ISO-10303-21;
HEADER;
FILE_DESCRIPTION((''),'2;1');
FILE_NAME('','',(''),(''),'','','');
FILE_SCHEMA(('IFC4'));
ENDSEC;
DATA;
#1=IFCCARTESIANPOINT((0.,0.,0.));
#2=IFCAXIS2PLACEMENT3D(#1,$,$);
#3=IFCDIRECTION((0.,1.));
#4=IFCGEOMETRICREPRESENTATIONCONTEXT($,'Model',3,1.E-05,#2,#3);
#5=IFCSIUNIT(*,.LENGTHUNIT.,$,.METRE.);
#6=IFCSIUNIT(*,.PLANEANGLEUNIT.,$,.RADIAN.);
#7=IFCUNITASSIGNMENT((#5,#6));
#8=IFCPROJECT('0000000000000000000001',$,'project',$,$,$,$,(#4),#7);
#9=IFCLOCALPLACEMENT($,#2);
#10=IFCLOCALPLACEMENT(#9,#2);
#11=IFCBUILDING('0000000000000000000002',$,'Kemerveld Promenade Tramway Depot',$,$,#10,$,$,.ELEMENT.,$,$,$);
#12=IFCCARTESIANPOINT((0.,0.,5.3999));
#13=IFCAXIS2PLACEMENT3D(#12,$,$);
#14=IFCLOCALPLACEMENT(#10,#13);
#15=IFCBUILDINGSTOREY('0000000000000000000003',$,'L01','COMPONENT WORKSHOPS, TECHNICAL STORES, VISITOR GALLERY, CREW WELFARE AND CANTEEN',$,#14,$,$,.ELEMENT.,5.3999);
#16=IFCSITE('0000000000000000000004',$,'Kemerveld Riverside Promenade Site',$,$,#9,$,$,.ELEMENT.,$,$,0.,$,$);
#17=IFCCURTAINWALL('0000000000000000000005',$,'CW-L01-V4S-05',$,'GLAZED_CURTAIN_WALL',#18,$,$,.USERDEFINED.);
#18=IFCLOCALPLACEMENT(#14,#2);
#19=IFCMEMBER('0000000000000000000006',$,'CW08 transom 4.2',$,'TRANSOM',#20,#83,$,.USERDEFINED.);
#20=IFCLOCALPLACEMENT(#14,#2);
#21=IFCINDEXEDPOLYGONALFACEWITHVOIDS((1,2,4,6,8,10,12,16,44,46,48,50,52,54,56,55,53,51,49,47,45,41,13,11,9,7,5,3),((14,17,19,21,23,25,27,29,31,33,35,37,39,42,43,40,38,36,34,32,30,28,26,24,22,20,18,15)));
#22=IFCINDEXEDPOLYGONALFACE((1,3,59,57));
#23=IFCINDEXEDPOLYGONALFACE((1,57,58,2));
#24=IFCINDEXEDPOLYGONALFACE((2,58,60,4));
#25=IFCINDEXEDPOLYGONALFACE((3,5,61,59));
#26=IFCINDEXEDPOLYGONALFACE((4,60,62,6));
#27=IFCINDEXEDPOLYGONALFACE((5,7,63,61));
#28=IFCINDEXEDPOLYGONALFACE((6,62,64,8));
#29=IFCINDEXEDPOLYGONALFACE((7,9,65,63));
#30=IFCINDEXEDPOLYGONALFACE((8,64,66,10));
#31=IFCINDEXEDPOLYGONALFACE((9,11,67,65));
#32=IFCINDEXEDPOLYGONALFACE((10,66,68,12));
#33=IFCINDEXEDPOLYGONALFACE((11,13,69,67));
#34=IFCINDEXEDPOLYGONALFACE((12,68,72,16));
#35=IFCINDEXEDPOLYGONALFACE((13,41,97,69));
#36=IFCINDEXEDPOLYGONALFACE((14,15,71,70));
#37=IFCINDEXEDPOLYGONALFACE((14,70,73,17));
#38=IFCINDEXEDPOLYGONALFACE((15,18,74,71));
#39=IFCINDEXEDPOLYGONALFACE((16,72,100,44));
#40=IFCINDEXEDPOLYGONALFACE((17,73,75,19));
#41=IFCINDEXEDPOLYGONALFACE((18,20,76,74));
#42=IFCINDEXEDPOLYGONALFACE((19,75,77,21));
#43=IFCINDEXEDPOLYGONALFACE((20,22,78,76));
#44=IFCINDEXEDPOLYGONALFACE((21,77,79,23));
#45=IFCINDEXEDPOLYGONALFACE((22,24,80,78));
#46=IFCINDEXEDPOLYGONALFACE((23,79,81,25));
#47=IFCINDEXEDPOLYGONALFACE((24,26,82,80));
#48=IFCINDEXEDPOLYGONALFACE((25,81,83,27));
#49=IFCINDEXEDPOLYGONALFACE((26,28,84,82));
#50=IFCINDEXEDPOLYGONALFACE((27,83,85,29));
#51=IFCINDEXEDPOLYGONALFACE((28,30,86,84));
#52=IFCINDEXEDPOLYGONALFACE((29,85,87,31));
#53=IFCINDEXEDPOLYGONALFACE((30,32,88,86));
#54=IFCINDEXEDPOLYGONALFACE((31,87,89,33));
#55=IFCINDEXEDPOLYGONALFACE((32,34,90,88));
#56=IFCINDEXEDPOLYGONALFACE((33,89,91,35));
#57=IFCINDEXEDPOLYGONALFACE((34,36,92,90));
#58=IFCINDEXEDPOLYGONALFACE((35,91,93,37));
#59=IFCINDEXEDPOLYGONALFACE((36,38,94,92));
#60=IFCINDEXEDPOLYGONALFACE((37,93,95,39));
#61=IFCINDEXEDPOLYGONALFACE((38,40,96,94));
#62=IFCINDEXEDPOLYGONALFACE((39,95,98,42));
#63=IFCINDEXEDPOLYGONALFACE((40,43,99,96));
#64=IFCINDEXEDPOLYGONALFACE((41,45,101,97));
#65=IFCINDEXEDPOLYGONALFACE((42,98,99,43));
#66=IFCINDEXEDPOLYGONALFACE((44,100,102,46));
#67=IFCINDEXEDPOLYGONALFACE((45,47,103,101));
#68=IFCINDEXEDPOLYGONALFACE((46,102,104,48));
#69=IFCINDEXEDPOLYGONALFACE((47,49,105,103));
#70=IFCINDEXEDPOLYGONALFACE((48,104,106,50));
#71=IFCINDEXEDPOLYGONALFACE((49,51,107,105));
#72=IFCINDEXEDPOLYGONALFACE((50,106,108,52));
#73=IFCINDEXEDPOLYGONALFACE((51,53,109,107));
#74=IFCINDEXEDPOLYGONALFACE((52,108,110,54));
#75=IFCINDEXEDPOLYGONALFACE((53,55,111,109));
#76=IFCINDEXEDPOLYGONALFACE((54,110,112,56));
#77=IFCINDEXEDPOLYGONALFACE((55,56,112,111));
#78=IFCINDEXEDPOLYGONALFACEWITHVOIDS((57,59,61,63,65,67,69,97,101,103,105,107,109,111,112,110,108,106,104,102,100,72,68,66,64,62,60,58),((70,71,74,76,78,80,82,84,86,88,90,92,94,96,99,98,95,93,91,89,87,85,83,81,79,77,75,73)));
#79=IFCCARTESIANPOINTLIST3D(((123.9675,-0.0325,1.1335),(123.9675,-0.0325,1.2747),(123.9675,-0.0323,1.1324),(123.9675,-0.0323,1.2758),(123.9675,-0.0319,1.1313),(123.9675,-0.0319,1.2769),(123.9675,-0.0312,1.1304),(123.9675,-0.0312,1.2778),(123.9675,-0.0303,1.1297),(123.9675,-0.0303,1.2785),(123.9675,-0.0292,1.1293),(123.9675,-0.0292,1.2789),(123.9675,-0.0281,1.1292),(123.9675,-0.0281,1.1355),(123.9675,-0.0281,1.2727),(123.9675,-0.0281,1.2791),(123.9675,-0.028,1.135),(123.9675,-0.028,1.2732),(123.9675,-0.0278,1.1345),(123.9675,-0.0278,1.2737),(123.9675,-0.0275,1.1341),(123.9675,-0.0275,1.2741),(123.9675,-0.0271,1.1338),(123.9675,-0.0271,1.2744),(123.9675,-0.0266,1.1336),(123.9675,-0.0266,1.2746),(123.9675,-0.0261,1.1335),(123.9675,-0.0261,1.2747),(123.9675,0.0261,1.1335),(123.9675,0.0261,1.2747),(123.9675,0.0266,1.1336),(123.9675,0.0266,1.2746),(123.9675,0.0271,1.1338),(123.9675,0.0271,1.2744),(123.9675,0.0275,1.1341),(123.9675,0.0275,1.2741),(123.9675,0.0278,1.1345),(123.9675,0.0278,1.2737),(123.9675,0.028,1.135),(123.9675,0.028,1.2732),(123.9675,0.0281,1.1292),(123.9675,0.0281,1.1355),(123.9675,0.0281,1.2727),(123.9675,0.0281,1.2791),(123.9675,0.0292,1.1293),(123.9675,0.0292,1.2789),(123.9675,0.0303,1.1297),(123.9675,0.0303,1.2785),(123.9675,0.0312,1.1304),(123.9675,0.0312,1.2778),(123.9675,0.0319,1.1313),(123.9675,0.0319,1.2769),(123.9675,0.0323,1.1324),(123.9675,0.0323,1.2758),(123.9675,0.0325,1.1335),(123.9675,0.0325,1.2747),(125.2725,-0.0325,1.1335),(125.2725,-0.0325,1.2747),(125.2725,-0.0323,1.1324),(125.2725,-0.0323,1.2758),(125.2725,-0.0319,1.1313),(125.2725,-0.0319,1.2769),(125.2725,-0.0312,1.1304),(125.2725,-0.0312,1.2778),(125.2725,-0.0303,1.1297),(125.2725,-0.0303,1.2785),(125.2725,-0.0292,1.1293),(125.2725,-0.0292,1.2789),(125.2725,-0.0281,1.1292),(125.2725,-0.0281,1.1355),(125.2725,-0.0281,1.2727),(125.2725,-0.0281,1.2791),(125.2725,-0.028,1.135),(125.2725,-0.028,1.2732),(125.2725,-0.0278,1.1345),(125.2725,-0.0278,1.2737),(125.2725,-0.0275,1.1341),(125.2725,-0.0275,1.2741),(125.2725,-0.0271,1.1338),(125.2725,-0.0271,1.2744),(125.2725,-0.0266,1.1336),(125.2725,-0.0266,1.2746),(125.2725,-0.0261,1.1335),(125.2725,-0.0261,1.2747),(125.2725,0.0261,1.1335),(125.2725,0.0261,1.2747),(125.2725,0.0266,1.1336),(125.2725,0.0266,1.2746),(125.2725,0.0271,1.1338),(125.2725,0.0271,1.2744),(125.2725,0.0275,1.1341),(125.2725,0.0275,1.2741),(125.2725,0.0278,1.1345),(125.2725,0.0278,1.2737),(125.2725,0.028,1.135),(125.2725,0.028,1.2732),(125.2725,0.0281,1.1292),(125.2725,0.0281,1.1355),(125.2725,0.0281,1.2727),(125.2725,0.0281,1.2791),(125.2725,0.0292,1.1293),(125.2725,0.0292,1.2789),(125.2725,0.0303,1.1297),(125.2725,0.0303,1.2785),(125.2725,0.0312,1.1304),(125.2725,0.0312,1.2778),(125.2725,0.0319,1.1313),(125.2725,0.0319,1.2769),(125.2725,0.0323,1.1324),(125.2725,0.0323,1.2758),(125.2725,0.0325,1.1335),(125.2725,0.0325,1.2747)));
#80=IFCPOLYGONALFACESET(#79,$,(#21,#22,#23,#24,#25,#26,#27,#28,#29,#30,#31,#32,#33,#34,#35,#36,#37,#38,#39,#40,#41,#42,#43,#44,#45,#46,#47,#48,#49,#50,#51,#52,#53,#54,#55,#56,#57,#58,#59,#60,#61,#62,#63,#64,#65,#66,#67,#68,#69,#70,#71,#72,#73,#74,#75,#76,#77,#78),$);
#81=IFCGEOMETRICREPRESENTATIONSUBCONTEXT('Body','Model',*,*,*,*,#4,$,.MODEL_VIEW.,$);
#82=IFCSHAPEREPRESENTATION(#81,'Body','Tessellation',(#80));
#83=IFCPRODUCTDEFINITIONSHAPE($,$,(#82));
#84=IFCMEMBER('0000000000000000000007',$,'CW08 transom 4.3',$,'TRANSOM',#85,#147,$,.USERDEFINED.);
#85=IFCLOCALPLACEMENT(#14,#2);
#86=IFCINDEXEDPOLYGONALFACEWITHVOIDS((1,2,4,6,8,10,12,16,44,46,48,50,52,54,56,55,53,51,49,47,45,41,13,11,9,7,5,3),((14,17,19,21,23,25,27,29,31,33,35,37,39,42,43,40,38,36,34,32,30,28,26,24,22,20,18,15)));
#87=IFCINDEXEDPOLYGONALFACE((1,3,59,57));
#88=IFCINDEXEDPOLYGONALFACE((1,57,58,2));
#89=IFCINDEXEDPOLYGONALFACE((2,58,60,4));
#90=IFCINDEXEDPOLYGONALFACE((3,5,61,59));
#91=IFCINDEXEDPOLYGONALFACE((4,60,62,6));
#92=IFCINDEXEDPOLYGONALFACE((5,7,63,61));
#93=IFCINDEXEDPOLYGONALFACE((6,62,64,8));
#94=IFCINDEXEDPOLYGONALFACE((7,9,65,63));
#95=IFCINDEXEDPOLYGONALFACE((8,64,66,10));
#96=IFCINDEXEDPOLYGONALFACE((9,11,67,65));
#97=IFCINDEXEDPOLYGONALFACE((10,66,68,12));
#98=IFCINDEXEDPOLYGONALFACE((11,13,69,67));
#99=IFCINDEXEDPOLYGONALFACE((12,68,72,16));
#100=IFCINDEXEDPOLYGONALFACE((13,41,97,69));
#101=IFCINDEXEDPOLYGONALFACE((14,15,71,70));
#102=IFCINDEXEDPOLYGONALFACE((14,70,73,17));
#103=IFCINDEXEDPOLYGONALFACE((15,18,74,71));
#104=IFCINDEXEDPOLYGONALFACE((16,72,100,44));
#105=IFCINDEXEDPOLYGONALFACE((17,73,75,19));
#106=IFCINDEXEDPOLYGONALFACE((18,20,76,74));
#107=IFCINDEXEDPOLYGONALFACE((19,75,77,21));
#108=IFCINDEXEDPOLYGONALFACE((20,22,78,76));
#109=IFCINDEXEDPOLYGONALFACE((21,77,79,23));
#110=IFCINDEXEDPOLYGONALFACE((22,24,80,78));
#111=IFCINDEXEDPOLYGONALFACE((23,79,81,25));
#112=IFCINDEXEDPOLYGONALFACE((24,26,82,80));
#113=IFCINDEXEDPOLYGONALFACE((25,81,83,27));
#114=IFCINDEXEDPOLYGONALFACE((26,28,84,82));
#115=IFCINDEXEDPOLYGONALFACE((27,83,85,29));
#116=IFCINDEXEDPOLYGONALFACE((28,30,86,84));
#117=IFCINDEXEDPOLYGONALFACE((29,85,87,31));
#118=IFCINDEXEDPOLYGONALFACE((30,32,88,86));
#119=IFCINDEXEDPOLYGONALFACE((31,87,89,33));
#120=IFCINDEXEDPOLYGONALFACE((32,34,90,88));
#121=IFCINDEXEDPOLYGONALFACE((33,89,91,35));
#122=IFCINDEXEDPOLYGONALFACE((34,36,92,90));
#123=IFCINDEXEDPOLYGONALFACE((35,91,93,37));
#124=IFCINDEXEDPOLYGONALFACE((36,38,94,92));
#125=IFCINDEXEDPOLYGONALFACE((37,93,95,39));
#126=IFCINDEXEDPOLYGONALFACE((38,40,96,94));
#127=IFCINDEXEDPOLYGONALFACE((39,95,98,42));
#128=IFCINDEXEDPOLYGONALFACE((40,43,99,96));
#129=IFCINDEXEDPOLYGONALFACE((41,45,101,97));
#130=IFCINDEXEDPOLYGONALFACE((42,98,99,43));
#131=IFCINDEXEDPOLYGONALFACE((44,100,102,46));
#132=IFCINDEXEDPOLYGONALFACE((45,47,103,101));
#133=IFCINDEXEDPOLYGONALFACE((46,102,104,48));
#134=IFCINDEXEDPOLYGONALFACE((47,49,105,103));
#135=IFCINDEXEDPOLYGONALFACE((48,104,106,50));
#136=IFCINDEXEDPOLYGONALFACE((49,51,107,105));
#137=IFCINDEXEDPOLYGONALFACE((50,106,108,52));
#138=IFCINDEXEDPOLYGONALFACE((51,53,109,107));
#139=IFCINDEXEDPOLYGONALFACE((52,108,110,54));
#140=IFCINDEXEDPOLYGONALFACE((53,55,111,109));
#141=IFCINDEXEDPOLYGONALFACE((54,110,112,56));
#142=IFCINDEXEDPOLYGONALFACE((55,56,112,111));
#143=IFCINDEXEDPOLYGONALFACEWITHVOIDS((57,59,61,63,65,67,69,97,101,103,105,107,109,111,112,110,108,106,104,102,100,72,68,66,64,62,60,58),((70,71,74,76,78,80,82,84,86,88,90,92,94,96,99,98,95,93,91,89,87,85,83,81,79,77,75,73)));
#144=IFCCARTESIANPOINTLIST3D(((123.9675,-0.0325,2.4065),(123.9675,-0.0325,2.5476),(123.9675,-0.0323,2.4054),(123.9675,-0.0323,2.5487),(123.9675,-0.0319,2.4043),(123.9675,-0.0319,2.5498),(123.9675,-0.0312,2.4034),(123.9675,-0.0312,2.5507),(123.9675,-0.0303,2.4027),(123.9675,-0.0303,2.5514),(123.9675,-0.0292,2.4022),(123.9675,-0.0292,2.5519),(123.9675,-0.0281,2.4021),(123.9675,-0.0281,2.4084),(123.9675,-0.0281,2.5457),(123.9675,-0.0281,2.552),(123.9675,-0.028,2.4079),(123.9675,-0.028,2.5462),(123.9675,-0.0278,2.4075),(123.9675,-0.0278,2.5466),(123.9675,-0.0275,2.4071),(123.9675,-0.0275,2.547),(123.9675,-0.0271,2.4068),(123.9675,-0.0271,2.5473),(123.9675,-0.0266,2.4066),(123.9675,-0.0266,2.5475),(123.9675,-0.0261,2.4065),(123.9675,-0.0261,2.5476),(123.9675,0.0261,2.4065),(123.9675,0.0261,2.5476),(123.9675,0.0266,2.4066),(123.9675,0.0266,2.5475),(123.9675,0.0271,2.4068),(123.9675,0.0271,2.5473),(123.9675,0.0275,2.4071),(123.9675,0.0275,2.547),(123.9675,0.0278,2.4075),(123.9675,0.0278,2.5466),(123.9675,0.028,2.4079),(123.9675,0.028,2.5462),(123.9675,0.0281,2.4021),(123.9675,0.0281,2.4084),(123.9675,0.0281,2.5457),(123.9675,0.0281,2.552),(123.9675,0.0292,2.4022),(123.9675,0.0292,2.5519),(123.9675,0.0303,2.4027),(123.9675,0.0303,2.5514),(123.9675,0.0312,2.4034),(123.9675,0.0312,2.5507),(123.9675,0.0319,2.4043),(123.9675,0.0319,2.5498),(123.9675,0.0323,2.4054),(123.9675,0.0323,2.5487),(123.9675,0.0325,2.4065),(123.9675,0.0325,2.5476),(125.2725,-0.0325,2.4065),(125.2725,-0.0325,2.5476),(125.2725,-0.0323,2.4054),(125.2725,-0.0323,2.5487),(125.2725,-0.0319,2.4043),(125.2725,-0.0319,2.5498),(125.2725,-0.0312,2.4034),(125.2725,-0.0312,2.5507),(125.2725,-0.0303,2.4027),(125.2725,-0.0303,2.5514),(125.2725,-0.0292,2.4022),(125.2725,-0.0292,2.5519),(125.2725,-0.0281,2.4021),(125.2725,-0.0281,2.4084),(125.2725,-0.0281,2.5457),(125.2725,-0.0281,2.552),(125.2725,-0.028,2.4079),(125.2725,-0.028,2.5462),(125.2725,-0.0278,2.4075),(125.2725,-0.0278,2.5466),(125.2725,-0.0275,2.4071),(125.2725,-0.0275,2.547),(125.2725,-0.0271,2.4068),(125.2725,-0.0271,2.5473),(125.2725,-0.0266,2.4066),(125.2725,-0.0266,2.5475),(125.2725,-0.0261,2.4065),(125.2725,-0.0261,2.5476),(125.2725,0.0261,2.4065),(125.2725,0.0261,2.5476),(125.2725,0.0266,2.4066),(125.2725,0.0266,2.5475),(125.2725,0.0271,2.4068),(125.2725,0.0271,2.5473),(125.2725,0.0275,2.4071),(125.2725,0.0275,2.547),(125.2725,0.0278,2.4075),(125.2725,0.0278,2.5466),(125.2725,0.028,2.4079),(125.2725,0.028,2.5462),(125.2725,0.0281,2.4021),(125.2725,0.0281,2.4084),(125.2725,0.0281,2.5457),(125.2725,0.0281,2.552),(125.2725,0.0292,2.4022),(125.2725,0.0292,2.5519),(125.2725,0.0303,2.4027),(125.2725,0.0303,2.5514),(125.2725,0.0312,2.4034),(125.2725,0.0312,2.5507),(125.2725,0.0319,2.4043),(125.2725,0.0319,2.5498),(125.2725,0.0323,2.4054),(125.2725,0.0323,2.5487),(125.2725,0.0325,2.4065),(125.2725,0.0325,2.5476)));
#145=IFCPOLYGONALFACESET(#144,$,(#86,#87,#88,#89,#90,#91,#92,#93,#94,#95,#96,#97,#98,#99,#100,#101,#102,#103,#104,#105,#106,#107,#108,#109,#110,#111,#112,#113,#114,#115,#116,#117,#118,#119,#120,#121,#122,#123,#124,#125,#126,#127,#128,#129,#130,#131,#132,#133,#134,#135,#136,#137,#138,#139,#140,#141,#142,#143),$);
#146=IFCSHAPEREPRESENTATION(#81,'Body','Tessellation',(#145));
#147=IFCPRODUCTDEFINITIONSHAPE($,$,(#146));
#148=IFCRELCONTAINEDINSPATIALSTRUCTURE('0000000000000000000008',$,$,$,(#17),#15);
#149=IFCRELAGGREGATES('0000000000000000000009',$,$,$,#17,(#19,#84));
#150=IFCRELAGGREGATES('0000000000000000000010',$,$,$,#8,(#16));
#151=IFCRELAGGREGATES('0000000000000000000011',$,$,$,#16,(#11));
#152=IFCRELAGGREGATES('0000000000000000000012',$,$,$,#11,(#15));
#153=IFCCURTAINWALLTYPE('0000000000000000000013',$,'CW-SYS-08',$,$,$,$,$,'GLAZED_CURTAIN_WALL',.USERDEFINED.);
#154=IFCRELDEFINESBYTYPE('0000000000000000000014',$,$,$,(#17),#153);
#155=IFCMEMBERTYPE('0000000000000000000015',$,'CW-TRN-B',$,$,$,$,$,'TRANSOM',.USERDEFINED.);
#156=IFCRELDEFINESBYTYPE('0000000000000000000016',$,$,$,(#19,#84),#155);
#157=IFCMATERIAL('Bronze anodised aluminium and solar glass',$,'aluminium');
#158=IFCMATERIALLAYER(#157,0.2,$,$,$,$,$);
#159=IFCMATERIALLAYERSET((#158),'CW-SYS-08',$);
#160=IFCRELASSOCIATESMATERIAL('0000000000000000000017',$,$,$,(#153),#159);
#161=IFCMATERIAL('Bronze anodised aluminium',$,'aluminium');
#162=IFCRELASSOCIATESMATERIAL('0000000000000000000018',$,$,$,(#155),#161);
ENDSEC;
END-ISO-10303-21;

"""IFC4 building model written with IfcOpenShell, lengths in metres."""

from ifc_helpers import new_model, si_unit, direction, frame, origin, origin_2d, place, context, subcontext, project, spatial, hollow_rectangle, extrude, material, layer, layer_set, material_profile, profile_set, type_object, element, aggregate, save


model = new_model("IFC4")

# Units and contexts
model_context = context("Model", 3, precision=1e-05, world=origin(), true_north=direction((0.0, 1.0)))
body_context = subcontext(model_context, "Body", "Model", "MODEL_VIEW")
ifc_project = project(units=[si_unit("LENGTHUNIT", "METRE"), si_unit("PLANEANGLEUNIT", "RADIAN")], contexts=[model_context])

# Site, building, storey
site_placement = place(None, origin())
site = spatial("IfcSite", under=ifc_project, at=site_placement, Name="Kemerveld Riverside Promenade Site", CompositionType="ELEMENT", RefElevation=0.0)
building_placement = place(site_placement, origin())
building = spatial("IfcBuilding", under=site, at=building_placement, Name="Kemerveld Promenade Tramway Depot", CompositionType="ELEMENT")
storey_placement = place(building_placement, frame((0.0, 0.0, 5.3999)))
storey = spatial("IfcBuildingStorey", under=building, at=storey_placement, Name="L01", Description="COMPONENT WORKSHOPS, TECHNICAL STORES, VISITOR GALLERY, CREW WELFARE AND CANTEEN", CompositionType="ELEMENT", Elevation=5.3999)

# Curtain wall, members
ifc_material_1 = material(Name="Bronze anodised aluminium and solar glass", Category="aluminium")
ifc_layer_1 = layer(ifc_material_1, 0.2)
ifc_layer_set_1 = layer_set([ifc_layer_1], Name="CW-SYS-08")
curtain_wall_type = type_object("IfcCurtainWallType", Name="CW-SYS-08", ElementType="GLAZED_CURTAIN_WALL", PredefinedType="USERDEFINED", material=ifc_layer_set_1)
curtain_wall_placement = place(storey_placement, origin())
curtain_wall = element("IfcCurtainWall", 1, at=curtain_wall_placement, inside=storey, type_object=curtain_wall_type, Name="CW-L01-V4S-05", ObjectType="GLAZED_CURTAIN_WALL", PredefinedType="USERDEFINED")
ifc_material_2 = material(Name="Bronze anodised aluminium", Category="aluminium")
ifc_material_profile_1 = material_profile(ifc_material_2, hollow_rectangle(XDim=0.0649, YDim=0.1499, WallThickness=0.0044, InnerFilletRadius=0.002, OuterFilletRadius=0.0044, at=origin_2d()), Name="CW-TRN-150x65")
ifc_profile_set_1 = profile_set([ifc_material_profile_1], Name="Bronze anodised aluminium")
member_type_1 = type_object("IfcMemberType", Name="CW-TRN-B", ElementType="TRANSOM", PredefinedType="USERDEFINED", material=ifc_profile_set_1)
member_1_placement = place(storey_placement, frame((125.2725, 0.0, 1.2041), z_axis=(-1.0, 0.0, 0.0), x_axis=(0.0, -1.0, 0.0)))
member_1 = element("IfcMember", 2, at=member_1_placement, type_object=member_type_1, Name="CW08 transom 4.2", ObjectType="TRANSOM", PredefinedType="USERDEFINED", context=body_context, shape_type="SweptSolid", body=[
    extrude(hollow_rectangle(XDim=0.0649, YDim=0.1499, WallThickness=0.0044, InnerFilletRadius=0.002, OuterFilletRadius=0.0044, at=origin_2d()), origin(), (0.0, 0.0, 1.0), 1.3049),
])
member_2_placement = place(storey_placement, frame((125.2725, 0.0, 2.4771), z_axis=(-1.0, 0.0, 0.0), x_axis=(0.0, -1.0, 0.0)))
member_2 = element("IfcMember", 3, at=member_2_placement, type_object=member_type_1, Name="CW08 transom 4.3", ObjectType="TRANSOM", PredefinedType="USERDEFINED", context=body_context, shape_type="SweptSolid", body=[
    extrude(hollow_rectangle(XDim=0.0649, YDim=0.1499, WallThickness=0.0044, InnerFilletRadius=0.002, OuterFilletRadius=0.0044, at=origin_2d()), origin(), (0.0, 0.0, 1.0), 1.3049),
])
aggregate(curtain_wall, [member_1, member_2])

save(model, "model.ifc")
